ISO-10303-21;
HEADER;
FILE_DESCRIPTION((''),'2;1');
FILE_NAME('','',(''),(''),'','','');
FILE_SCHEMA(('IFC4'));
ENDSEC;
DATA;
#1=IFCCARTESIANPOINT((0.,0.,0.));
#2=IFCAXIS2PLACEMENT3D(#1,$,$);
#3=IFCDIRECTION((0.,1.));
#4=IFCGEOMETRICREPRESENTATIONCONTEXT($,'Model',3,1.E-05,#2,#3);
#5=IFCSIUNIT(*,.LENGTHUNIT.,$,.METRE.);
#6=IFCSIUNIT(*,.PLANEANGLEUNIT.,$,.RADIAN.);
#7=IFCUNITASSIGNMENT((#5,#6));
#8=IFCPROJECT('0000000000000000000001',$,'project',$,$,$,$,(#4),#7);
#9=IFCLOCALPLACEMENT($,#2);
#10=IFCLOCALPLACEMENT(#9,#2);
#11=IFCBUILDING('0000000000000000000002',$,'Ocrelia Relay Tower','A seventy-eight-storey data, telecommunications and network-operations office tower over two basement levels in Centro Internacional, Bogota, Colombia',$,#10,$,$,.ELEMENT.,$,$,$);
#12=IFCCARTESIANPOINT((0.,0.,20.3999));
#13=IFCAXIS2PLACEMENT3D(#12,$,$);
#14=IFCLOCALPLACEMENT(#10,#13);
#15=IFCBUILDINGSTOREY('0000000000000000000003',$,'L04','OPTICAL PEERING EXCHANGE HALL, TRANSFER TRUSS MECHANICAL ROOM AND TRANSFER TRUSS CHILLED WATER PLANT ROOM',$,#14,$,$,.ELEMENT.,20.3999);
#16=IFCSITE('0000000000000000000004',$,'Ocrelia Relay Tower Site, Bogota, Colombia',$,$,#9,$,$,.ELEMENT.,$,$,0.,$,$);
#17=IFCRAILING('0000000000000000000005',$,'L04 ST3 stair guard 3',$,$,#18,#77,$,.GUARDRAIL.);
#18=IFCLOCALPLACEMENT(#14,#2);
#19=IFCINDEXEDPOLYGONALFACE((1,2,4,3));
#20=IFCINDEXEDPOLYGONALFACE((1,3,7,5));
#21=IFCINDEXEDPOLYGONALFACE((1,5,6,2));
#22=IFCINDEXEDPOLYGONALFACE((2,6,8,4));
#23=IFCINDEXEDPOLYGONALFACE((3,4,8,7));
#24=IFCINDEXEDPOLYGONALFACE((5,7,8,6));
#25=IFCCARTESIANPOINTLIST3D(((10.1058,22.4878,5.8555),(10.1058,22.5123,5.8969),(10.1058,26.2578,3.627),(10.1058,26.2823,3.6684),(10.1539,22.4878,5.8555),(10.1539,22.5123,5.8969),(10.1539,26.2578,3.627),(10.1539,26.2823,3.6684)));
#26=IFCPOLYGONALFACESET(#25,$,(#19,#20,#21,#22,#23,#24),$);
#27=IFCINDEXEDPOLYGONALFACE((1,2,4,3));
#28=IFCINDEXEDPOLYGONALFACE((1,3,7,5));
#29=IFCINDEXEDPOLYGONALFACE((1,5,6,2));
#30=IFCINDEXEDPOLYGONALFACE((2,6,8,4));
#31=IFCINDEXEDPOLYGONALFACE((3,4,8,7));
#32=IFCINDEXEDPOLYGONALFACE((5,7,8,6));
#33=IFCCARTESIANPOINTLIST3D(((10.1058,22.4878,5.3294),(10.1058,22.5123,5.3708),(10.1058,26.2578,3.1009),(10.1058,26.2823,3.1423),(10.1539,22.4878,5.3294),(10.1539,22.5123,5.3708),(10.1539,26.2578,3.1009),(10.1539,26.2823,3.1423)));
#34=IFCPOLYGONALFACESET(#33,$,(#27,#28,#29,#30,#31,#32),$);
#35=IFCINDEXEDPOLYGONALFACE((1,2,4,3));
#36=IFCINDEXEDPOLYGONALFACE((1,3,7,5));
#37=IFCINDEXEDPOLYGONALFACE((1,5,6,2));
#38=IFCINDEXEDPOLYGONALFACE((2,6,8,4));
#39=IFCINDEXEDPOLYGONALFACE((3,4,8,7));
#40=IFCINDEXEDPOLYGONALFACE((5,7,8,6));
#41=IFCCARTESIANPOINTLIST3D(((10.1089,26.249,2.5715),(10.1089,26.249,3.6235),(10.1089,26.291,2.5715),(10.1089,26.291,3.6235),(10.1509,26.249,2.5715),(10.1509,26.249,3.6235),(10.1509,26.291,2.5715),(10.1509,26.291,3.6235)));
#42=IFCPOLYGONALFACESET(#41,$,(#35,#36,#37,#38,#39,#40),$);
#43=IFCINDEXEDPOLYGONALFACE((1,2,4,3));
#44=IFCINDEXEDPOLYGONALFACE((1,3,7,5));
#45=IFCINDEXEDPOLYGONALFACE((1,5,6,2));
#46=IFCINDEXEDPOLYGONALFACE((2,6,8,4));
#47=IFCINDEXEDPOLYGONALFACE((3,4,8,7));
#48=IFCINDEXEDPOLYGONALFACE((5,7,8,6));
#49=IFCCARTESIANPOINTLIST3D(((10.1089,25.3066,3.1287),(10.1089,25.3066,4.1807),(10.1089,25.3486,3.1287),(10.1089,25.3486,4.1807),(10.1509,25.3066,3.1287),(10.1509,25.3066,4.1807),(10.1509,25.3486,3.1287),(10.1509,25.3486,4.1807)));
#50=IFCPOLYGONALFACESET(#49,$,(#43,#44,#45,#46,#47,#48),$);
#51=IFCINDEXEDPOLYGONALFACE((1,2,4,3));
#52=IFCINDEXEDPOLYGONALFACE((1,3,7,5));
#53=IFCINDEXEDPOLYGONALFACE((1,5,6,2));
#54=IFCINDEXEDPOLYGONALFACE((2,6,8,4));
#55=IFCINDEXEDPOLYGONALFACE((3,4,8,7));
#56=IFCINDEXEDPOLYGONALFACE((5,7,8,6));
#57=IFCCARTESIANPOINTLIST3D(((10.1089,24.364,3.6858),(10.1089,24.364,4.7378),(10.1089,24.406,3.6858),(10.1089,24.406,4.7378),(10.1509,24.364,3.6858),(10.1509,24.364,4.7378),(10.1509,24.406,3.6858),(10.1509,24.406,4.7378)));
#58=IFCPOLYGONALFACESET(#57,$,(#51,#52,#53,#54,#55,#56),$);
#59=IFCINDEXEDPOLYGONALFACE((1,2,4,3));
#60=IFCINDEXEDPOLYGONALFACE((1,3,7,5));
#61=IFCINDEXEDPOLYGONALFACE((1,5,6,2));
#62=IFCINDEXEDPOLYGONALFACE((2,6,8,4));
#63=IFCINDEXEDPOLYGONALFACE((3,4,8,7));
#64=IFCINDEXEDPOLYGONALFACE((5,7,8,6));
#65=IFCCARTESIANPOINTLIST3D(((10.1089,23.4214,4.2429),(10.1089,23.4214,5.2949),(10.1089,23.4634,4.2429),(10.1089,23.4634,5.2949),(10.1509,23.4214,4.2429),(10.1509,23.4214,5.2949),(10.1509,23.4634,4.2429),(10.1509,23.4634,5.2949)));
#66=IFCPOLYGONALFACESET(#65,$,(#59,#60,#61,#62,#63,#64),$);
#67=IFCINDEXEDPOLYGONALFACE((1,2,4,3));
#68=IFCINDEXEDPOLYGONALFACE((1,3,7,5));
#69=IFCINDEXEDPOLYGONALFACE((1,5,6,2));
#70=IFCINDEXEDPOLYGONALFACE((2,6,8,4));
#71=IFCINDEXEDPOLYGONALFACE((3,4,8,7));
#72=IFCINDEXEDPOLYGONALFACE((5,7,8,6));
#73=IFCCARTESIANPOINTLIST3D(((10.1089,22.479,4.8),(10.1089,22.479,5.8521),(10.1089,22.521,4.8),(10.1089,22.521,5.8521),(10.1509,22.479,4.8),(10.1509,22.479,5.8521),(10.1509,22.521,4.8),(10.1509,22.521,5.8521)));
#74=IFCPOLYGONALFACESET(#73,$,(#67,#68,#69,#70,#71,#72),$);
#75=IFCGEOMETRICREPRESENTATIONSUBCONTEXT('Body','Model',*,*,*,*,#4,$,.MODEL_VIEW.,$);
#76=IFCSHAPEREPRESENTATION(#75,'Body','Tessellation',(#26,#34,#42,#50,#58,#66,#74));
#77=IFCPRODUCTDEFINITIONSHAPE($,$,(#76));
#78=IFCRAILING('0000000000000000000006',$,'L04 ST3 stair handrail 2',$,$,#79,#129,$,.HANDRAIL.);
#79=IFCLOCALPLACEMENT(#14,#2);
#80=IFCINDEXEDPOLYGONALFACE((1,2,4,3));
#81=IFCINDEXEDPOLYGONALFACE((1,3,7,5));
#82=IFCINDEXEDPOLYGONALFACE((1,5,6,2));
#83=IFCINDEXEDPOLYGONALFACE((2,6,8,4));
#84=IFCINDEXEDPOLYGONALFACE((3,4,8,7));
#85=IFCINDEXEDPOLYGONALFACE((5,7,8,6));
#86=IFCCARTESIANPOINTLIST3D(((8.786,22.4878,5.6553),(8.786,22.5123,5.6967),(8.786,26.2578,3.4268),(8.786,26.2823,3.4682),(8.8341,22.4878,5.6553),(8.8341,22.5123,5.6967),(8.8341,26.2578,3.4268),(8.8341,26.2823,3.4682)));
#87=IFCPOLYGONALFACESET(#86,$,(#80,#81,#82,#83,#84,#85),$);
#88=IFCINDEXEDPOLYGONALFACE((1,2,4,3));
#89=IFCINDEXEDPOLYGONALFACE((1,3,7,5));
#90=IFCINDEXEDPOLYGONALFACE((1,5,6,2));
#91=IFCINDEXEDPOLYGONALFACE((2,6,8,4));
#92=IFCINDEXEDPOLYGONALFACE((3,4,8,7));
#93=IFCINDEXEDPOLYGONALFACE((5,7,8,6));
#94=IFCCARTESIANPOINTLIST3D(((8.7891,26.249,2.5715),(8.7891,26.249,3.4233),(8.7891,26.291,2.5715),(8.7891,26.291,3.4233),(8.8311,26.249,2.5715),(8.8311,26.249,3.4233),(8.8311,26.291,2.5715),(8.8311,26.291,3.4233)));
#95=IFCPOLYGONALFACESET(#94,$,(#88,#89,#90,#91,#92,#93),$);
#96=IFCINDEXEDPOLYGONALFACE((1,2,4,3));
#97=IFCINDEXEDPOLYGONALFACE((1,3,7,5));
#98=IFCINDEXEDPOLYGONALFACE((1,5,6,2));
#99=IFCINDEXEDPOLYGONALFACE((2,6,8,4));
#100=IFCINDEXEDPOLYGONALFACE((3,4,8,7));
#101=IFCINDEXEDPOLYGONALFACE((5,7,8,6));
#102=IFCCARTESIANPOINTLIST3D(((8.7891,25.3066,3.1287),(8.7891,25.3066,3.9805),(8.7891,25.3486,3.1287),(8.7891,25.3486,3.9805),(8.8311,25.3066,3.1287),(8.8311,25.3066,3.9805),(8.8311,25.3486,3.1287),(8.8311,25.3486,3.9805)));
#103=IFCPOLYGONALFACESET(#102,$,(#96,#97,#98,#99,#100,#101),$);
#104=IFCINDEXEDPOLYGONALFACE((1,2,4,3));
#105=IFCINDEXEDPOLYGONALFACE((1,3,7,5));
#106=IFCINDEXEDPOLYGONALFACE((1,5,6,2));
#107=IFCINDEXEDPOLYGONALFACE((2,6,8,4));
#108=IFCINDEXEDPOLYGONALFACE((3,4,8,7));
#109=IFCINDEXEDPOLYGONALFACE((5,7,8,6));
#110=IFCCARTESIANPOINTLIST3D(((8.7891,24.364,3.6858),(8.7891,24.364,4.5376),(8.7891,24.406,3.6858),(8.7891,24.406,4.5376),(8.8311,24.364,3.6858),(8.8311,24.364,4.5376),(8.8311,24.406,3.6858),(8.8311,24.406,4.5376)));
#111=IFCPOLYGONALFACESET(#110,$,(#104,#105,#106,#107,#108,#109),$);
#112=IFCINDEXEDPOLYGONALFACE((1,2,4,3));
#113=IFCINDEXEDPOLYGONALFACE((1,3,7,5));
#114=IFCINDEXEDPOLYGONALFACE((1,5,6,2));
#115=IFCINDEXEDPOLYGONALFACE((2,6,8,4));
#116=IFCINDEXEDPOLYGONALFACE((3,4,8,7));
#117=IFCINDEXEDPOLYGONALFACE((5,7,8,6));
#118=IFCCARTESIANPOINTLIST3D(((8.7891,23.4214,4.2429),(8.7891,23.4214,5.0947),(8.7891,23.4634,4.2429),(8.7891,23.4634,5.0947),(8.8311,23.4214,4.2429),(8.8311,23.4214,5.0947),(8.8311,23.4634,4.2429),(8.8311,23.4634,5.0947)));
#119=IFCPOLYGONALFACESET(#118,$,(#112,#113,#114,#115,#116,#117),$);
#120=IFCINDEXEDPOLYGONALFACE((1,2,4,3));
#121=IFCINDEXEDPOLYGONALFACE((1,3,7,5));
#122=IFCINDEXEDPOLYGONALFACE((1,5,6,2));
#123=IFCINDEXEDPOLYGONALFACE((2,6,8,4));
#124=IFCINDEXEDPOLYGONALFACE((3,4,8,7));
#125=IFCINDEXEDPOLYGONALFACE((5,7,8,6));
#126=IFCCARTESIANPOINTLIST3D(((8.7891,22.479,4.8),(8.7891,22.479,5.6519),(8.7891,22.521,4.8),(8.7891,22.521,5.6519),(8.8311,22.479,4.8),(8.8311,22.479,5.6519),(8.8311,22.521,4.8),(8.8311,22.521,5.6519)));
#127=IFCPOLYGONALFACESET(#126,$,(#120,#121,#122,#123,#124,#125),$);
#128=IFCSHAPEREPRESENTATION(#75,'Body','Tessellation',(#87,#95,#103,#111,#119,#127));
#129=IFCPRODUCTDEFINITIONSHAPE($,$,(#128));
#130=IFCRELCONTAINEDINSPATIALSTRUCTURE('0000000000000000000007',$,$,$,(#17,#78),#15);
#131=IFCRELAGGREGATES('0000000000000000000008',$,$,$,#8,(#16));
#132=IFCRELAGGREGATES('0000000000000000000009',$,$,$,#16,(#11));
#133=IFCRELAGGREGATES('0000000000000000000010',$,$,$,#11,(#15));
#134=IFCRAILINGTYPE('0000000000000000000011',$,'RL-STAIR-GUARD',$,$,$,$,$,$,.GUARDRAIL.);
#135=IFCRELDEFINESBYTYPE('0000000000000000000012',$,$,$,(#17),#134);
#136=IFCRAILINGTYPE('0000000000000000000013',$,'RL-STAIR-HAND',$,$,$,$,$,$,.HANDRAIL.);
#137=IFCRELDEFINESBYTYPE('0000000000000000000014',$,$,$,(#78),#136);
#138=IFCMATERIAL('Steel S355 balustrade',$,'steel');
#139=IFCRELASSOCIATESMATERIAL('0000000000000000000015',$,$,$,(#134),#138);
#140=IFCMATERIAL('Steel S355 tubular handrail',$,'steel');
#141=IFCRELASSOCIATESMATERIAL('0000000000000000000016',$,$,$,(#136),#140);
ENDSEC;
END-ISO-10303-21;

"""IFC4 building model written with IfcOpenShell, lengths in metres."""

from ifc_helpers import new_model, si_unit, direction, frame, origin, origin_2d, place, context, subcontext, project, spatial, rectangle, extrude, material, type_object, element, save


model = new_model("IFC4")

# Units and contexts
model_context = context("Model", 3, precision=1e-05, world=origin(), true_north=direction((0.0, 1.0)))
body_context = subcontext(model_context, "Body", "Model", "MODEL_VIEW")
ifc_project = project(units=[si_unit("LENGTHUNIT", "METRE"), si_unit("PLANEANGLEUNIT", "RADIAN")], contexts=[model_context])

# Site, building, storey
site_placement = place(None, origin())
site = spatial("IfcSite", under=ifc_project, at=site_placement, Name="Ocrelia Relay Tower Site, Bogota, Colombia", CompositionType="ELEMENT", RefElevation=0.0)
building_placement = place(site_placement, origin())
building = spatial("IfcBuilding", under=site, at=building_placement, Name="Ocrelia Relay Tower", Description="A seventy-eight-storey data, telecommunications and network-operations office tower over two basement levels in Centro Internacional, Bogota, Colombia", CompositionType="ELEMENT")
storey_placement = place(building_placement, frame((0.0, 0.0, 20.3999)))
storey = spatial("IfcBuildingStorey", under=building, at=storey_placement, Name="L04", Description="OPTICAL PEERING EXCHANGE HALL, TRANSFER TRUSS MECHANICAL ROOM AND TRANSFER TRUSS CHILLED WATER PLANT ROOM", CompositionType="ELEMENT", Elevation=20.3999)

# Railings
ifc_material_1 = material(Name="Steel S355 balustrade", Category="steel")
railing_type_1 = type_object("IfcRailingType", Name="RL-STAIR-GUARD", PredefinedType="GUARDRAIL", material=ifc_material_1)
railing_1_placement = place(storey_placement, frame((10.1299, 26.27, 2.5715)))
element("IfcRailing", 1, at=railing_1_placement, inside=storey, type_object=railing_type_1, Name="L04 ST3 stair guard 3", PredefinedType="GUARDRAIL", context=body_context, shape_type="SweptSolid", body=[
    extrude(rectangle(XDim=0.0481, YDim=0.0481, at=origin_2d()), frame((0.0, 0.0, 1.0762), z_axis=(0.0, -0.860849, 0.508861), x_axis=(1.0, 0.0, 0.0)), (0.0, 0.0, 1.0), 4.3794),
    extrude(rectangle(XDim=0.0481, YDim=0.0481, at=origin_2d()), frame((0.0, 0.0, 0.55), z_axis=(0.0, -0.860849, 0.508861), x_axis=(1.0, 0.0, 0.0)), (0.0, 0.0, 1.0), 4.3794),
    extrude(rectangle(XDim=0.042, YDim=0.042, at=origin_2d()), origin(), (0.0, 0.0, 1.0), 1.052),
    extrude(rectangle(XDim=0.042, YDim=0.042, at=origin_2d()), frame((0.0, -0.9424, 0.5571)), (0.0, 0.0, 1.0), 1.052),
    extrude(rectangle(XDim=0.042, YDim=0.042, at=origin_2d()), frame((0.0, -1.885, 1.1143)), (0.0, 0.0, 1.0), 1.052),
    extrude(rectangle(XDim=0.042, YDim=0.042, at=origin_2d()), frame((0.0, -2.8276, 1.6714)), (0.0, 0.0, 1.0), 1.052),
    extrude(rectangle(XDim=0.042, YDim=0.042, at=origin_2d()), frame((0.0, -3.77, 2.2285)), (0.0, 0.0, 1.0), 1.052),
])
ifc_material_2 = material(Name="Steel S355 tubular handrail", Category="steel")
railing_type_2 = type_object("IfcRailingType", Name="RL-STAIR-HAND", PredefinedType="HANDRAIL", material=ifc_material_2)
railing_2_placement = place(storey_placement, frame((8.8101, 26.27, 2.5715)))
element("IfcRailing", 2, at=railing_2_placement, inside=storey, type_object=railing_type_2, Name="L04 ST3 stair handrail 2", PredefinedType="HANDRAIL", context=body_context, shape_type="SweptSolid", body=[
    extrude(rectangle(XDim=0.0481, YDim=0.0481, at=origin_2d()), frame((0.0, 0.0, 0.876), z_axis=(0.0, -0.860849, 0.508861), x_axis=(1.0, 0.0, 0.0)), (0.0, 0.0, 1.0), 4.3794),
    extrude(rectangle(XDim=0.042, YDim=0.042, at=origin_2d()), origin(), (0.0, 0.0, 1.0), 0.8518),
    extrude(rectangle(XDim=0.042, YDim=0.042, at=origin_2d()), frame((0.0, -0.9424, 0.5571)), (0.0, 0.0, 1.0), 0.8518),
    extrude(rectangle(XDim=0.042, YDim=0.042, at=origin_2d()), frame((0.0, -1.885, 1.1143)), (0.0, 0.0, 1.0), 0.8518),
    extrude(rectangle(XDim=0.042, YDim=0.042, at=origin_2d()), frame((0.0, -2.8276, 1.6714)), (0.0, 0.0, 1.0), 0.8518),
    extrude(rectangle(XDim=0.042, YDim=0.042, at=origin_2d()), frame((0.0, -3.77, 2.2285)), (0.0, 0.0, 1.0), 0.8518),
])

save(model, "model.ifc")
